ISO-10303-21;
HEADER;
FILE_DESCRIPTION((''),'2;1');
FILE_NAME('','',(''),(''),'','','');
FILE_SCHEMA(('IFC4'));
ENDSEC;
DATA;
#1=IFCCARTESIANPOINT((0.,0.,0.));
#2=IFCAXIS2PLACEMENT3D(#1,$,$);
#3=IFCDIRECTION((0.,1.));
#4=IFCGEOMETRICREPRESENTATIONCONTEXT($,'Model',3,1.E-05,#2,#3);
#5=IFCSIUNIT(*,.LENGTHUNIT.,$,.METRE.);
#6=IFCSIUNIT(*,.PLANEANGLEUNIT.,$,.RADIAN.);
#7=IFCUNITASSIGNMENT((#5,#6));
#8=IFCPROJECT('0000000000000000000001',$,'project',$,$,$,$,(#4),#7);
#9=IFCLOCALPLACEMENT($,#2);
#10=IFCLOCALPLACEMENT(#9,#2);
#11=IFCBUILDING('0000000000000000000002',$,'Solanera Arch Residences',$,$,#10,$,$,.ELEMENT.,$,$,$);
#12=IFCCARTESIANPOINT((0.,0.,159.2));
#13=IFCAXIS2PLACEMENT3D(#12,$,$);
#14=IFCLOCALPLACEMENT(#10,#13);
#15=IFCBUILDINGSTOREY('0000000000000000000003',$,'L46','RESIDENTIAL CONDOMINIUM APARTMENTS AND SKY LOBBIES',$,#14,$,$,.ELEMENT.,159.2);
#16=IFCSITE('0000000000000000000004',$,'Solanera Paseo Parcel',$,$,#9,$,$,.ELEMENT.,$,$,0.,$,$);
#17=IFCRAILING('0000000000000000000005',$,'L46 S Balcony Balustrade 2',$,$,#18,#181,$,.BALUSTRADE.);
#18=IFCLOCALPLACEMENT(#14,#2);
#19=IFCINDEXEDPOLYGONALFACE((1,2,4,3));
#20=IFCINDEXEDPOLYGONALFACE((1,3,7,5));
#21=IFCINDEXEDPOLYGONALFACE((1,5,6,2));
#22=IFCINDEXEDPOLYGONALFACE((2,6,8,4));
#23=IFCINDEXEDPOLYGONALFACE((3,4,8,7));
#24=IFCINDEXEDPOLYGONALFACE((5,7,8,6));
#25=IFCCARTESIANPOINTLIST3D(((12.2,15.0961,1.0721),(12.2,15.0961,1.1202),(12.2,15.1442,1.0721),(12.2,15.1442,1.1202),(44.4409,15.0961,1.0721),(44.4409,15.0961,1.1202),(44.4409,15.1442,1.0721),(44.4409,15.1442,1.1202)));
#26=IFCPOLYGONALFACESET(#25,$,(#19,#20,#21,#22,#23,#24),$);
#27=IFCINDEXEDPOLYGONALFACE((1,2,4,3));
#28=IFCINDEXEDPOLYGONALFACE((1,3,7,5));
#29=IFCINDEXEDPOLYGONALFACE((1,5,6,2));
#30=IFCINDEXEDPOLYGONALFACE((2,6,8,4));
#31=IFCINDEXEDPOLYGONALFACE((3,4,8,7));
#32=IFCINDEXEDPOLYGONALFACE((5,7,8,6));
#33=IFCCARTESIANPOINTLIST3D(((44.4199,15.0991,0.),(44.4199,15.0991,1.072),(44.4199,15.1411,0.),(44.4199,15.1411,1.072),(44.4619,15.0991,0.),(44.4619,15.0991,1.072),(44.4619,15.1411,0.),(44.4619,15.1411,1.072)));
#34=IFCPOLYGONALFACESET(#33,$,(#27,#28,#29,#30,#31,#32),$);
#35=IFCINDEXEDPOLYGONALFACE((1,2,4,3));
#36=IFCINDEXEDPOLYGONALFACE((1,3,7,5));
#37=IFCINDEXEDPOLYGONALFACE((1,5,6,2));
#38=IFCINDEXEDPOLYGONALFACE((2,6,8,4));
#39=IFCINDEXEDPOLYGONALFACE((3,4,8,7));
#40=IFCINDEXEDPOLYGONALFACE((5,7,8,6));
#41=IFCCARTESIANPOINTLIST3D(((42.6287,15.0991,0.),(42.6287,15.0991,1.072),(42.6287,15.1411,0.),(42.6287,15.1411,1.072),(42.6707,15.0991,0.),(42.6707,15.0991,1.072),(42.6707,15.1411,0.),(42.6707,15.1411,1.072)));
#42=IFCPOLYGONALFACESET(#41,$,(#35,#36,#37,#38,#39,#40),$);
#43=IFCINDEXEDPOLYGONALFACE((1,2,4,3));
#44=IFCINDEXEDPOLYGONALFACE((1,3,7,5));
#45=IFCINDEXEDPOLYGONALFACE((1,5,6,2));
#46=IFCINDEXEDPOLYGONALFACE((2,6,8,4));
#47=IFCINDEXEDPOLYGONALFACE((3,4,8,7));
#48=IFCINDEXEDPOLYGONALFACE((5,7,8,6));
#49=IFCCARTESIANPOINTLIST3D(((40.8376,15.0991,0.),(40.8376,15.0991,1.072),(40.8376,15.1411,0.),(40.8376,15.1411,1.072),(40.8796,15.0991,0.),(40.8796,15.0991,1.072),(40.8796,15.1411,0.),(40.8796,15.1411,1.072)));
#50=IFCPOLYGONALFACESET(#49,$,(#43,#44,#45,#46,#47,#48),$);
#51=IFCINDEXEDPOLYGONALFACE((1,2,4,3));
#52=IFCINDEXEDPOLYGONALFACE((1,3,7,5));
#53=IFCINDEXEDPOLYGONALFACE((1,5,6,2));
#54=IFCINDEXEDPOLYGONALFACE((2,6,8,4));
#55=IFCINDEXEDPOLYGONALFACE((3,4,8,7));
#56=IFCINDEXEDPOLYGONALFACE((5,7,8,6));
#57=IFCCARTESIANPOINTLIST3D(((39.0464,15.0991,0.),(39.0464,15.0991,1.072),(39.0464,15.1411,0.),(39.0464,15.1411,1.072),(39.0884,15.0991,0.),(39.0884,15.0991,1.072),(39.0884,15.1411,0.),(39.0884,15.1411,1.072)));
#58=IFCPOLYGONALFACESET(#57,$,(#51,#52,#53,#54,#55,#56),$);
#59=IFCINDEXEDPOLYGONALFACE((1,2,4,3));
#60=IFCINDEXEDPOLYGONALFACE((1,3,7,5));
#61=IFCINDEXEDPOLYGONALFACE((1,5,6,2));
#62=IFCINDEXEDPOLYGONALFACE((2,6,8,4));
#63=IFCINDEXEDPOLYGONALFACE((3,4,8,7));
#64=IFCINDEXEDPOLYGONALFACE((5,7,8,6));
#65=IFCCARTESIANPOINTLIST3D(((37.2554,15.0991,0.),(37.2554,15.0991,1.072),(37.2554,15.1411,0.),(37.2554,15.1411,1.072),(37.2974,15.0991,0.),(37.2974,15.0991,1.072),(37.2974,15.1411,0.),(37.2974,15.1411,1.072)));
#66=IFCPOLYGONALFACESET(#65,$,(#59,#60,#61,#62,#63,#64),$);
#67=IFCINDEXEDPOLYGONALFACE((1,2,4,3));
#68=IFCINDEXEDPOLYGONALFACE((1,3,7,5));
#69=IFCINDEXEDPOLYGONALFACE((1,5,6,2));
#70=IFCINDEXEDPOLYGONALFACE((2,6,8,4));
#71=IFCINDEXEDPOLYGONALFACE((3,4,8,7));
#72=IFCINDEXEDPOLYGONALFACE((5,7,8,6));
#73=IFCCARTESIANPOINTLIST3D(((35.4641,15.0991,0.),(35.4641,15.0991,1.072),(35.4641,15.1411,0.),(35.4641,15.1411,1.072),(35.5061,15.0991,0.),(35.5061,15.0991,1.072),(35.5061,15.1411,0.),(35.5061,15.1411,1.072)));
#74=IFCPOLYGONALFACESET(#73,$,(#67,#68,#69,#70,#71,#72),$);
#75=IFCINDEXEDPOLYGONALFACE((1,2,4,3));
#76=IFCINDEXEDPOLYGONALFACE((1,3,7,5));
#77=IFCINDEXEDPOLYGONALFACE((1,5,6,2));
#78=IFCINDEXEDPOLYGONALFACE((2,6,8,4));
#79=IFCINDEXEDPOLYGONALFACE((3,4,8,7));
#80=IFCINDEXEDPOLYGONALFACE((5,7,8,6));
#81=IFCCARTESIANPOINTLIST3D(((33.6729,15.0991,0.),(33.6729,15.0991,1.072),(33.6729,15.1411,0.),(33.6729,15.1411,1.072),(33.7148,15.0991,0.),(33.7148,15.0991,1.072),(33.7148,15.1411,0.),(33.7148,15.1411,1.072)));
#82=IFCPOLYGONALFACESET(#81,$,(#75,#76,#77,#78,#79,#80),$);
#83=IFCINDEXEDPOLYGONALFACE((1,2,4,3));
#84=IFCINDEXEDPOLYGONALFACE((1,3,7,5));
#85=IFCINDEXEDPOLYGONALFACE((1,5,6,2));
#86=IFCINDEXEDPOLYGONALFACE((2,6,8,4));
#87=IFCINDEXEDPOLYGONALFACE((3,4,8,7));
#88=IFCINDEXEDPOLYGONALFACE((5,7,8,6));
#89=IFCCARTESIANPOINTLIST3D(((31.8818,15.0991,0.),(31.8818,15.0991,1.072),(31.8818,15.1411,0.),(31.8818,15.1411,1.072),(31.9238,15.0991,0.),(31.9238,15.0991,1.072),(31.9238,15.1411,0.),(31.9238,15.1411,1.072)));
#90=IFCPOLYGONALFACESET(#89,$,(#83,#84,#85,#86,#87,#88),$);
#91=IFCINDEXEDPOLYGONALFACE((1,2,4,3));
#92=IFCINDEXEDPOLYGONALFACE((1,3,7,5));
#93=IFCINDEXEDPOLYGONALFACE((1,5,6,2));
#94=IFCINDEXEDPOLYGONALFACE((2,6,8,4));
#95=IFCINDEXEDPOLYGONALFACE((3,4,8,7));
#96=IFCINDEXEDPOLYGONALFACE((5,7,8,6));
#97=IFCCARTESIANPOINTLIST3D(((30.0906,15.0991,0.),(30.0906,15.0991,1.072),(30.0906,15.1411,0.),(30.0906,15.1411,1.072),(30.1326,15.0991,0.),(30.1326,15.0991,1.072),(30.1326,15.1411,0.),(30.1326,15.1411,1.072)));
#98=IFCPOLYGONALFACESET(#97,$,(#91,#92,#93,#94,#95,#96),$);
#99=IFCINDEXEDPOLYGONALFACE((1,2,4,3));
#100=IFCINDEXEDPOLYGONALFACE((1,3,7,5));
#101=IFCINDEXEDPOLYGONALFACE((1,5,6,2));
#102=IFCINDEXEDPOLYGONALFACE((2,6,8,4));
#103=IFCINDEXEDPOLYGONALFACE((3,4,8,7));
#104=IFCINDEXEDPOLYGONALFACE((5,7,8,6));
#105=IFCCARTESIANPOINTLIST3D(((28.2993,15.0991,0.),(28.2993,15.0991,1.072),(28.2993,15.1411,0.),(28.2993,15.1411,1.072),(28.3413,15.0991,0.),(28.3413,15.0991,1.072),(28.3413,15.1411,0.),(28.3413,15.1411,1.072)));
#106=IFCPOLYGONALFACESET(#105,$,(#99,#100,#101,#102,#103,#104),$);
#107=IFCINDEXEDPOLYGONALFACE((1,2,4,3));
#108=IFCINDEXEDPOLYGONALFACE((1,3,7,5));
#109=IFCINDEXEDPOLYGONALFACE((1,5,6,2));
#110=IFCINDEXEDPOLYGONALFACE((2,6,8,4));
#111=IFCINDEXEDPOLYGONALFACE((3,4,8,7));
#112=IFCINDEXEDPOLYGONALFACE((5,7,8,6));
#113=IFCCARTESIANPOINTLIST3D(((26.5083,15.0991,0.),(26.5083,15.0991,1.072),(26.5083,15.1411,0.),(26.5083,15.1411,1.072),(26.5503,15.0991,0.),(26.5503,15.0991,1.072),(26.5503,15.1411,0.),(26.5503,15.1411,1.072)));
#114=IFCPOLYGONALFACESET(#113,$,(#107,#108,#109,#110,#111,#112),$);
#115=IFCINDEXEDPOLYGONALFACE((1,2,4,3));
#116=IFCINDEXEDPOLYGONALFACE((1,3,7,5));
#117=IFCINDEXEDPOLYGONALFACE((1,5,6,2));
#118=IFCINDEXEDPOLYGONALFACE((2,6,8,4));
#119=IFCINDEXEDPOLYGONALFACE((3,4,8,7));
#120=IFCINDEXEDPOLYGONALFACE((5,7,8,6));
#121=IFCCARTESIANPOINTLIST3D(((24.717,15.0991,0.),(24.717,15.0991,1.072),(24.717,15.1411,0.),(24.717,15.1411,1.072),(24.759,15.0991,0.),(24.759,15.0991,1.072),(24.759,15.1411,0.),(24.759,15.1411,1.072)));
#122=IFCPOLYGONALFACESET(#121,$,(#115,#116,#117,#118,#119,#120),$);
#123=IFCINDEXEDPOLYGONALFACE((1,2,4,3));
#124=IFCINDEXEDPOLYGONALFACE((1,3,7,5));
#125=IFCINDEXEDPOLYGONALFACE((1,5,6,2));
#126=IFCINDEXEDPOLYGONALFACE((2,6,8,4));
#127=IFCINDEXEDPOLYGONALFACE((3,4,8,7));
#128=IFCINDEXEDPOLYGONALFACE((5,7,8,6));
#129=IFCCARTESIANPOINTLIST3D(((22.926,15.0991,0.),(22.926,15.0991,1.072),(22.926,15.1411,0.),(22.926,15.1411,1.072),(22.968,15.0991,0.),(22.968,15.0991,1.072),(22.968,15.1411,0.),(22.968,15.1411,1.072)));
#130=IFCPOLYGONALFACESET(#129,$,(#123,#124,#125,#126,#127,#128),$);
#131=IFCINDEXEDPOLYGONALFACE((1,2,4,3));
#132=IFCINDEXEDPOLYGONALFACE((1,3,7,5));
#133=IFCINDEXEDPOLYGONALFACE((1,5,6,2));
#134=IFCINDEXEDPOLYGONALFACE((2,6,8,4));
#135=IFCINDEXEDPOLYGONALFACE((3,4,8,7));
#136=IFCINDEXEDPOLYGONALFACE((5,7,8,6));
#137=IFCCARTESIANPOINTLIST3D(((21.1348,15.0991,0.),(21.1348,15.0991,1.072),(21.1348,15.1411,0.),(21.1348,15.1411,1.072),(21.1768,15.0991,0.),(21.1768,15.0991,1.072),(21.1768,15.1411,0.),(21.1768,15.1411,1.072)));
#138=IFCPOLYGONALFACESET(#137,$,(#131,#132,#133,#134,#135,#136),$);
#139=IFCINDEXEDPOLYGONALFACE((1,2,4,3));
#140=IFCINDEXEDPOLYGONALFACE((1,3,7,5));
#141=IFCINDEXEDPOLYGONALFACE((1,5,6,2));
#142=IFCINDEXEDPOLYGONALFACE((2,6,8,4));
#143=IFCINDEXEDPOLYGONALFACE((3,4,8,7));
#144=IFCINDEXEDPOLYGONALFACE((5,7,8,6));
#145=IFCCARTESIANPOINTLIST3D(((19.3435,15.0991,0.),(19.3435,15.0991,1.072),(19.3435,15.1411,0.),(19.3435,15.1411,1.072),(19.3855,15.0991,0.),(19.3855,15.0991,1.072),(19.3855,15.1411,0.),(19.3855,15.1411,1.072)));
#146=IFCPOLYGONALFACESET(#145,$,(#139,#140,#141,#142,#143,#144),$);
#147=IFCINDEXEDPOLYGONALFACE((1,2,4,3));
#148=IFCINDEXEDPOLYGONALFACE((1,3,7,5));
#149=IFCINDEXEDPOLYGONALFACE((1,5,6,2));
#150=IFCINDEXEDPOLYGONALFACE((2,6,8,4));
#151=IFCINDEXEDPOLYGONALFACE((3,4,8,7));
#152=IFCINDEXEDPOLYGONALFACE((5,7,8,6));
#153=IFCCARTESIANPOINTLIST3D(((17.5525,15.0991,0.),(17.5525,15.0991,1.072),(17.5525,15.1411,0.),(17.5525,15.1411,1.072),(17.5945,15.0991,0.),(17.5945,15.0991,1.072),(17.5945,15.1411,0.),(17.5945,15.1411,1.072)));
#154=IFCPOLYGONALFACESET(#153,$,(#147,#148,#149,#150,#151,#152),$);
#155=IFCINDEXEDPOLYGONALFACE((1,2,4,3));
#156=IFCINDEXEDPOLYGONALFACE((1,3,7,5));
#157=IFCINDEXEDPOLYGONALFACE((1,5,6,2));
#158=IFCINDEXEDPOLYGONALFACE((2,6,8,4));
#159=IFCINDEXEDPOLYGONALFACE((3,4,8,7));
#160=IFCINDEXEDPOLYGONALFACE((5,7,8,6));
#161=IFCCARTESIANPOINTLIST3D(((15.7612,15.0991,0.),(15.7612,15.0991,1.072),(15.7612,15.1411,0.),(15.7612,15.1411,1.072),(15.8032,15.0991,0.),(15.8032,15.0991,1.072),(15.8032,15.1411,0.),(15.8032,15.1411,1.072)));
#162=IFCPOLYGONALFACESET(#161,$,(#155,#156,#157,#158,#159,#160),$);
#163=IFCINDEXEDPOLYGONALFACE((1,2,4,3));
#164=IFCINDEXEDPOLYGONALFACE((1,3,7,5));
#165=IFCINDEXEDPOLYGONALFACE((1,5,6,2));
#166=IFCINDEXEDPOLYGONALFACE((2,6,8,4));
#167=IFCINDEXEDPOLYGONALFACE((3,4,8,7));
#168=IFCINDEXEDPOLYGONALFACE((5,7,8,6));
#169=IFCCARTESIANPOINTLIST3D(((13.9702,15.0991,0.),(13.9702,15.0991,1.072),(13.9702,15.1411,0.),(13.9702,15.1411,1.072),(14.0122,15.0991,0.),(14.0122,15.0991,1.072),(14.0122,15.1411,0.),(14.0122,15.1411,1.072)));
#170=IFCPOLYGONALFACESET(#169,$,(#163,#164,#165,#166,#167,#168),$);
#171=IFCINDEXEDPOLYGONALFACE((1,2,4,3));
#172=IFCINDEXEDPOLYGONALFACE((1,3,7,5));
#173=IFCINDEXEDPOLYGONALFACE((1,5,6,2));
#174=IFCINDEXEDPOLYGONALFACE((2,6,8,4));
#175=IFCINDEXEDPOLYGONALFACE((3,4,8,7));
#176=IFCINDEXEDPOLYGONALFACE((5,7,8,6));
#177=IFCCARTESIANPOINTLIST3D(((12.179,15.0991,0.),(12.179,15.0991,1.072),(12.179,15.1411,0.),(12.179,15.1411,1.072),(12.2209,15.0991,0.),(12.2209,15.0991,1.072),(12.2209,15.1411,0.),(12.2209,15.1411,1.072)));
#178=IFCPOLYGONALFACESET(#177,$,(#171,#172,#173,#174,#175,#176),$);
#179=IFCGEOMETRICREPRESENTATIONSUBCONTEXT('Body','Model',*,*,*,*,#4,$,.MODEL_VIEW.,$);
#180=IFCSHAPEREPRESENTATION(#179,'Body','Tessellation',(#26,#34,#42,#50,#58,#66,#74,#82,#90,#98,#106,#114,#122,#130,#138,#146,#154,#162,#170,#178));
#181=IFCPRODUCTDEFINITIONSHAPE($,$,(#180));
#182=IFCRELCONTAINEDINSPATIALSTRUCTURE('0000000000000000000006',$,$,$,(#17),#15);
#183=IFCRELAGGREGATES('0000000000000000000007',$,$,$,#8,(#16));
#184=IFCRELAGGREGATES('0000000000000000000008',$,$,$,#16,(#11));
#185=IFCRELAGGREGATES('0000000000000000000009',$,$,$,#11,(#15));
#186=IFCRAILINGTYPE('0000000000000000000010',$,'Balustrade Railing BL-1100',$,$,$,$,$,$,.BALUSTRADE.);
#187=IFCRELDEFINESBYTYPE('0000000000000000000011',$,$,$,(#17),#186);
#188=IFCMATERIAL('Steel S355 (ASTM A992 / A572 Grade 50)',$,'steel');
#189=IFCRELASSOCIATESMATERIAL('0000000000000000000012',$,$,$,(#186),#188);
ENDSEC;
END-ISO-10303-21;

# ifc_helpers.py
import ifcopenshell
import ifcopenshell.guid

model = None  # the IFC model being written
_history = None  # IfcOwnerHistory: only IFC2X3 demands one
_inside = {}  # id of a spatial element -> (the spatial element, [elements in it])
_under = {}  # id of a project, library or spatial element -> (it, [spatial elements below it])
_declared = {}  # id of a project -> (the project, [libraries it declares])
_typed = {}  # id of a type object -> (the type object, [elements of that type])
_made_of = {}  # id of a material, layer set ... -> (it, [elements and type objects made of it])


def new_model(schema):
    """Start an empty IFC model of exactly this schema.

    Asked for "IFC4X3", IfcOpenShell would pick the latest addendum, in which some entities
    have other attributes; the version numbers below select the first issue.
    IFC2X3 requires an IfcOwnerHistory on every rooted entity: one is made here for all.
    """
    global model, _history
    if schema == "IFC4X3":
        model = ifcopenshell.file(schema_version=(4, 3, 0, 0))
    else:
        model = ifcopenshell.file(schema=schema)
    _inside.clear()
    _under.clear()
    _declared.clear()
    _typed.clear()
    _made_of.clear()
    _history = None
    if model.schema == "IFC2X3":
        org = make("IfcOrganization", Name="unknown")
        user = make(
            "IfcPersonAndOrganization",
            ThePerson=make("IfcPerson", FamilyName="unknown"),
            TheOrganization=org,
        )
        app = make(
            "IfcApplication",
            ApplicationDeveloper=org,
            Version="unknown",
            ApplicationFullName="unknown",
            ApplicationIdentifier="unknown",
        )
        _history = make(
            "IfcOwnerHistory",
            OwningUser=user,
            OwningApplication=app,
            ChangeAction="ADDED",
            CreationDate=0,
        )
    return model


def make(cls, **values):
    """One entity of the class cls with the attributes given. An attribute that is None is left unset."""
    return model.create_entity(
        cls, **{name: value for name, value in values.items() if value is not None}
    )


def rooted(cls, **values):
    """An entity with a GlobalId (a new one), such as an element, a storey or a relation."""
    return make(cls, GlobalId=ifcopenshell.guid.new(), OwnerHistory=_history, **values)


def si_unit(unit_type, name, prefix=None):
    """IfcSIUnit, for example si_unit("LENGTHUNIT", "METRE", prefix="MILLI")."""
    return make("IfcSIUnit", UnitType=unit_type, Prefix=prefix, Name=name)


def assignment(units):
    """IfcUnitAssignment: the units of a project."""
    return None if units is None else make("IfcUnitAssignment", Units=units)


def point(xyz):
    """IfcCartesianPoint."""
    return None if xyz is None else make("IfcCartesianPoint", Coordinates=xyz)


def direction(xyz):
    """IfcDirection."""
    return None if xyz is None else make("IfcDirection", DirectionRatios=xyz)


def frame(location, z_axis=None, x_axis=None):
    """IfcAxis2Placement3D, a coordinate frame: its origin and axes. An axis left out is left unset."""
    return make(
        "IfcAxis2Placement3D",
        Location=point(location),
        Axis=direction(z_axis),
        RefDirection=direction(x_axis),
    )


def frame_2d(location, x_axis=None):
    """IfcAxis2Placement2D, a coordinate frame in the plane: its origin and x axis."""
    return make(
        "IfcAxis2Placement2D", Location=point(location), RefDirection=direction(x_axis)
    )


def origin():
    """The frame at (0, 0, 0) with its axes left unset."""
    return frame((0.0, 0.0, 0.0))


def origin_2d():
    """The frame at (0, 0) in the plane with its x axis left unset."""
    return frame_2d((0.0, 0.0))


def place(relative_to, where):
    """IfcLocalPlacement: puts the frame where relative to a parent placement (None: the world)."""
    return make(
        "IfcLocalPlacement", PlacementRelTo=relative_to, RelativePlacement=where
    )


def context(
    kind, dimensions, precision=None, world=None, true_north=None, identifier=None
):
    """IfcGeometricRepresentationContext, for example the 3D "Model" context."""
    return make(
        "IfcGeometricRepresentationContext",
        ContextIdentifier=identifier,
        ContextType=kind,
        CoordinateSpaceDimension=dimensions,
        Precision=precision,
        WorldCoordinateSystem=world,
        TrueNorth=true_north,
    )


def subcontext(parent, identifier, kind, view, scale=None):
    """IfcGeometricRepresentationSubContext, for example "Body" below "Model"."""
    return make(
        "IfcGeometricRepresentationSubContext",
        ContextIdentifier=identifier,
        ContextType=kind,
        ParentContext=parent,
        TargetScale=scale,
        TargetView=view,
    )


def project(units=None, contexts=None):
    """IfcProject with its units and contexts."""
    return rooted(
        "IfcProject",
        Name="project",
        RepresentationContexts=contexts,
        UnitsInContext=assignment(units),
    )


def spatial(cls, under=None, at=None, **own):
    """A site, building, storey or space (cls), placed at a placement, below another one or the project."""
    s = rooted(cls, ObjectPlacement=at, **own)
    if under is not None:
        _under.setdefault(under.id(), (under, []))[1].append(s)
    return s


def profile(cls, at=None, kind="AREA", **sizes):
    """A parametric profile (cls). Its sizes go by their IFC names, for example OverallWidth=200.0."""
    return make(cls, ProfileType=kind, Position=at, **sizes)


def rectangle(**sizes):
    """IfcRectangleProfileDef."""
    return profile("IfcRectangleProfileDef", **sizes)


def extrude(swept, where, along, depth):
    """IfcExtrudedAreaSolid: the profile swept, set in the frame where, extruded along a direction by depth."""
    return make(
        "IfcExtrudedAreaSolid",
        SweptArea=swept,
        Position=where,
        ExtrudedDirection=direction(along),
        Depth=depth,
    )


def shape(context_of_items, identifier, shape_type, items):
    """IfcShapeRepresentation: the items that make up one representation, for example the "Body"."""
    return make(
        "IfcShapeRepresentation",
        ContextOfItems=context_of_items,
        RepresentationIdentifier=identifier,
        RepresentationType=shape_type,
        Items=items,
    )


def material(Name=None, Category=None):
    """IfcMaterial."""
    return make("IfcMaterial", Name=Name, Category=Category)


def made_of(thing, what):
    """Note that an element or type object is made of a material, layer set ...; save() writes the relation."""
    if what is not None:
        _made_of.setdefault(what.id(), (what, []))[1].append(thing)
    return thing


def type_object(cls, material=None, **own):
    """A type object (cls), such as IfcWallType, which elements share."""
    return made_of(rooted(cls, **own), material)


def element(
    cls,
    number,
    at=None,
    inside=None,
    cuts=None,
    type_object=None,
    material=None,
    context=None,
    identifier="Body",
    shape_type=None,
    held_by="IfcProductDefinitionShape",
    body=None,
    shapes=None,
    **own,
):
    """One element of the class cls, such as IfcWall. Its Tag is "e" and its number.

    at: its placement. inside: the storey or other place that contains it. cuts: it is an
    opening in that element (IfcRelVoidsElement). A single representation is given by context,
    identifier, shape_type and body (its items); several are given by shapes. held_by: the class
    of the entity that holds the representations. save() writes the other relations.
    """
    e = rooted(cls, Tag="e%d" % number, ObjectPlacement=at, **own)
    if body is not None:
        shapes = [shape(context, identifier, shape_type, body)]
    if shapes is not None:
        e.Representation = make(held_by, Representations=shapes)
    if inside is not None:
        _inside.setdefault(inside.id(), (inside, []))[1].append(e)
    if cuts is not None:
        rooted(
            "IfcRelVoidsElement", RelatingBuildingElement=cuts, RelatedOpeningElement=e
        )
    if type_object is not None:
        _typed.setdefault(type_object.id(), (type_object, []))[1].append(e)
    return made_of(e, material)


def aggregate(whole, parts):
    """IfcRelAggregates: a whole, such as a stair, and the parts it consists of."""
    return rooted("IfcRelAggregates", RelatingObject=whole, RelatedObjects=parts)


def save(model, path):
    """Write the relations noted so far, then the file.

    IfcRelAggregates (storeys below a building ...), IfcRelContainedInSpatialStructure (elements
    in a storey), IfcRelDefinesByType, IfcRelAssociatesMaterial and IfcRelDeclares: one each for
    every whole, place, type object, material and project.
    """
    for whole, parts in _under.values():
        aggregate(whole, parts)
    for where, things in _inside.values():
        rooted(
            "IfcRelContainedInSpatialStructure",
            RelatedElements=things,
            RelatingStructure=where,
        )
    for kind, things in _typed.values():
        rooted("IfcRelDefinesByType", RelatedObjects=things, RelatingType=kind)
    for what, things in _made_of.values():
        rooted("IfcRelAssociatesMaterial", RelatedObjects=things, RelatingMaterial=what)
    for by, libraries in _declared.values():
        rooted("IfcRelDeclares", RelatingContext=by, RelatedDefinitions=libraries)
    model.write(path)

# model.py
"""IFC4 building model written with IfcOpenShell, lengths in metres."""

from ifc_helpers import new_model, si_unit, direction, frame, origin, origin_2d, place, context, subcontext, project, spatial, rectangle, extrude, material, type_object, element, save


model = new_model("IFC4")

# Units and contexts
model_context = context("Model", 3, precision=1e-05, world=origin(), true_north=direction((0.0, 1.0)))
body_context = subcontext(model_context, "Body", "Model", "MODEL_VIEW")
ifc_project = project(units=[si_unit("LENGTHUNIT", "METRE"), si_unit("PLANEANGLEUNIT", "RADIAN")], contexts=[model_context])

# Site, building, storey
site_placement = place(None, origin())
site = spatial("IfcSite", under=ifc_project, at=site_placement, Name="Solanera Paseo Parcel", CompositionType="ELEMENT", RefElevation=0.0)
building_placement = place(site_placement, origin())
building = spatial("IfcBuilding", under=site, at=building_placement, Name="Solanera Arch Residences", CompositionType="ELEMENT")
storey_placement = place(building_placement, frame((0.0, 0.0, 159.2)))
storey = spatial("IfcBuildingStorey", under=building, at=storey_placement, Name="L46", Description="RESIDENTIAL CONDOMINIUM APARTMENTS AND SKY LOBBIES", CompositionType="ELEMENT", Elevation=159.2)

# Railing
ifc_material_1 = material(Name="Steel S355 (ASTM A992 / A572 Grade 50)", Category="steel")
railing_type = type_object("IfcRailingType", Name="Balustrade Railing BL-1100", PredefinedType="BALUSTRADE", material=ifc_material_1)
railing_1_placement = place(storey_placement, frame((44.4409, 15.1201, 0.0)))
element("IfcRailing", 1, at=railing_1_placement, inside=storey, type_object=railing_type, Name="L46 S Balcony Balustrade 2", PredefinedType="BALUSTRADE", context=body_context, shape_type="SweptSolid", body=[
    extrude(rectangle(XDim=0.0481, YDim=0.0481, at=origin_2d()), frame((0.0, 0.0, 1.0962), z_axis=(-1.0, 0.0, 0.0), x_axis=(0.0, -1.0, 0.0)), (0.0, 0.0, 1.0), 32.241),
    extrude(rectangle(XDim=0.042, YDim=0.042, at=origin_2d()), origin(), (0.0, 0.0, 1.0), 1.072),
    extrude(rectangle(XDim=0.042, YDim=0.042, at=origin_2d()), frame((-1.7913, 0.0, 0.0)), (0.0, 0.0, 1.0), 1.072),
    extrude(rectangle(XDim=0.042, YDim=0.042, at=origin_2d()), frame((-3.5823, 0.0, 0.0)), (0.0, 0.0, 1.0), 1.072),
    extrude(rectangle(XDim=0.042, YDim=0.042, at=origin_2d()), frame((-5.3735, 0.0, 0.0)), (0.0, 0.0, 1.0), 1.072),
    extrude(rectangle(XDim=0.042, YDim=0.042, at=origin_2d()), frame((-7.1646, 0.0, 0.0)), (0.0, 0.0, 1.0), 1.072),
    extrude(rectangle(XDim=0.042, YDim=0.042, at=origin_2d()), frame((-8.9558, 0.0, 0.0)), (0.0, 0.0, 1.0), 1.072),
    extrude(rectangle(XDim=0.042, YDim=0.042, at=origin_2d()), frame((-10.7471, 0.0, 0.0)), (0.0, 0.0, 1.0), 1.072),
    extrude(rectangle(XDim=0.042, YDim=0.042, at=origin_2d()), frame((-12.5381, 0.0, 0.0)), (0.0, 0.0, 1.0), 1.072),
    extrude(rectangle(XDim=0.042, YDim=0.042, at=origin_2d()), frame((-14.3293, 0.0, 0.0)), (0.0, 0.0, 1.0), 1.072),
    extrude(rectangle(XDim=0.042, YDim=0.042, at=origin_2d()), frame((-16.1206, 0.0, 0.0)), (0.0, 0.0, 1.0), 1.072),
    extrude(rectangle(XDim=0.042, YDim=0.042, at=origin_2d()), frame((-17.9116, 0.0, 0.0)), (0.0, 0.0, 1.0), 1.072),
    extrude(rectangle(XDim=0.042, YDim=0.042, at=origin_2d()), frame((-19.7029, 0.0, 0.0)), (0.0, 0.0, 1.0), 1.072),
    extrude(rectangle(XDim=0.042, YDim=0.042, at=origin_2d()), frame((-21.4939, 0.0, 0.0)), (0.0, 0.0, 1.0), 1.072),
    extrude(rectangle(XDim=0.042, YDim=0.042, at=origin_2d()), frame((-23.2852, 0.0, 0.0)), (0.0, 0.0, 1.0), 1.072),
    extrude(rectangle(XDim=0.042, YDim=0.042, at=origin_2d()), frame((-25.0764, 0.0, 0.0)), (0.0, 0.0, 1.0), 1.072),
    extrude(rectangle(XDim=0.042, YDim=0.042, at=origin_2d()), frame((-26.8674, 0.0, 0.0)), (0.0, 0.0, 1.0), 1.072),
    extrude(rectangle(XDim=0.042, YDim=0.042, at=origin_2d()), frame((-28.6587, 0.0, 0.0)), (0.0, 0.0, 1.0), 1.072),
    extrude(rectangle(XDim=0.042, YDim=0.042, at=origin_2d()), frame((-30.4497, 0.0, 0.0)), (0.0, 0.0, 1.0), 1.072),
    extrude(rectangle(XDim=0.042, YDim=0.042, at=origin_2d()), frame((-32.241, 0.0, 0.0)), (0.0, 0.0, 1.0), 1.072),
])

save(model, "model.ifc")
